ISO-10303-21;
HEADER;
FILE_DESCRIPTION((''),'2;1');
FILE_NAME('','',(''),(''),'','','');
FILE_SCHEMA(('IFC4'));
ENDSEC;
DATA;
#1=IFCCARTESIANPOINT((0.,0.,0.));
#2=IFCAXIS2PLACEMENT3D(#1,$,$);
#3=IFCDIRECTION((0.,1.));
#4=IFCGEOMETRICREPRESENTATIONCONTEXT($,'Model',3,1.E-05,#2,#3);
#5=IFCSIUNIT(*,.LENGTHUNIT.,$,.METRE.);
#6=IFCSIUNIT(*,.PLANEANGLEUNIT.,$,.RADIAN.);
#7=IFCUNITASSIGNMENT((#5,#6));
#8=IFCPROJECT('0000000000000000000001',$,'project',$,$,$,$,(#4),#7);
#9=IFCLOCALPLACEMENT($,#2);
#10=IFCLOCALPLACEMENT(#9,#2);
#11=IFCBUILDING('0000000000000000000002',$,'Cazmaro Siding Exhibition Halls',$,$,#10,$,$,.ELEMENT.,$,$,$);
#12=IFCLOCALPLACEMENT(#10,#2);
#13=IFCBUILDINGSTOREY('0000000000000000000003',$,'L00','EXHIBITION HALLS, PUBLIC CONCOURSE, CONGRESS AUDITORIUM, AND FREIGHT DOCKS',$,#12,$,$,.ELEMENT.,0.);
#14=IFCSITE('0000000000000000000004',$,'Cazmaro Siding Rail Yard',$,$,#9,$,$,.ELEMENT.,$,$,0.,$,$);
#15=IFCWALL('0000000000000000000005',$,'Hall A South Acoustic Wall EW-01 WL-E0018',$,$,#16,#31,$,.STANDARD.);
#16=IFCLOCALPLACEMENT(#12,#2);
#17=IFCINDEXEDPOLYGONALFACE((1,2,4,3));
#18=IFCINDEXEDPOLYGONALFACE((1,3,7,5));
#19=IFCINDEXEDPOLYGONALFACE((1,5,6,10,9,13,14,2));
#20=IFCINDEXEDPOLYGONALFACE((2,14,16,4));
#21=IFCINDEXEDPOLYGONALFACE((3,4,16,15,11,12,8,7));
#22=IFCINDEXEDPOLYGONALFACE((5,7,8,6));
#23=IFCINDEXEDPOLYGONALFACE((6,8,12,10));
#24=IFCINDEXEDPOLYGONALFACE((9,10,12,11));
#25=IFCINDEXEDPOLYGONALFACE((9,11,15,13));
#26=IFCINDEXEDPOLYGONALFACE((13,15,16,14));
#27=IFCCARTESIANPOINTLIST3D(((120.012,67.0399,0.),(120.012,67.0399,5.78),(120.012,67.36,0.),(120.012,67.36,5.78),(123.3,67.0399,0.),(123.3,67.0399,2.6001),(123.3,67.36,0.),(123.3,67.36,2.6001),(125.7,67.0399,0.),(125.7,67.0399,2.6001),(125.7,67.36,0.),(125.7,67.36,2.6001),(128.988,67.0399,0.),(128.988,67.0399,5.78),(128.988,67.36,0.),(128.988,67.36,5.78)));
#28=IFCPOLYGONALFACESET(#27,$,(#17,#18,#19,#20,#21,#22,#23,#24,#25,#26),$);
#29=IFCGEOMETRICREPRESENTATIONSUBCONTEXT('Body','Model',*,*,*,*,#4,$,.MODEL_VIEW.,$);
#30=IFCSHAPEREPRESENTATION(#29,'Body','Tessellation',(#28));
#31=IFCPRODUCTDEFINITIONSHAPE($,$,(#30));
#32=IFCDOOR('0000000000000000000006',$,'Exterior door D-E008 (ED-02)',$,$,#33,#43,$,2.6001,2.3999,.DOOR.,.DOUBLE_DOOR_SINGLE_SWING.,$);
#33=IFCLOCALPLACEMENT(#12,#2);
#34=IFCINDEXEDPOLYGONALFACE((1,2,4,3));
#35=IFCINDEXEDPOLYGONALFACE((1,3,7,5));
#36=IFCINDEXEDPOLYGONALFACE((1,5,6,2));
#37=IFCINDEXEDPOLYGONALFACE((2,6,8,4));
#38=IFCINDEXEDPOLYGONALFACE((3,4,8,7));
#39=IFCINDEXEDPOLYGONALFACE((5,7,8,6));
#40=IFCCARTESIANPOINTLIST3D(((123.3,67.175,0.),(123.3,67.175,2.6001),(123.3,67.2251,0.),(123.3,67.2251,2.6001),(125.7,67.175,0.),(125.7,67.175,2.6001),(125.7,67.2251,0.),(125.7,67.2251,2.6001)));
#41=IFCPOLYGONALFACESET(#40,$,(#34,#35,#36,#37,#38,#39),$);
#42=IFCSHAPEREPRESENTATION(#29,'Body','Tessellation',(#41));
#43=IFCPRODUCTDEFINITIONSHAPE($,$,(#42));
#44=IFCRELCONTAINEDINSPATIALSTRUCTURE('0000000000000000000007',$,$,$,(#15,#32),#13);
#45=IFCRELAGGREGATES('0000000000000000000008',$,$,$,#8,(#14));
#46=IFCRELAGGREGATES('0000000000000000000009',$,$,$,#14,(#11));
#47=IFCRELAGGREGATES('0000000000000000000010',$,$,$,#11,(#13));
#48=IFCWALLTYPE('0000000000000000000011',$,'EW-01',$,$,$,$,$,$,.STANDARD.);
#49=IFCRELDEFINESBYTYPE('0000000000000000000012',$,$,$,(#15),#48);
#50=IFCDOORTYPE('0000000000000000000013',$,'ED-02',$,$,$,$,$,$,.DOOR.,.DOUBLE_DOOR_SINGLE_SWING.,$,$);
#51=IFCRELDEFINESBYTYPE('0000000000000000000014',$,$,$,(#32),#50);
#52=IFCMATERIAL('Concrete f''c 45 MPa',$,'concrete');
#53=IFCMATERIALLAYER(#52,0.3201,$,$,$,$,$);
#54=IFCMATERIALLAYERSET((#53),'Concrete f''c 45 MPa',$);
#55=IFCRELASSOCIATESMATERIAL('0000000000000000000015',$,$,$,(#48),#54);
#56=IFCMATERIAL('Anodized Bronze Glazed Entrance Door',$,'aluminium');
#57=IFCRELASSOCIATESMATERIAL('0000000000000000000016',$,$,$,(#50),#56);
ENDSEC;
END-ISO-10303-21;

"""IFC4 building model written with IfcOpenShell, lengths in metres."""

from ifc_helpers import new_model, si_unit, direction, frame, frame_2d, origin, place, context, subcontext, project, spatial, rectangle, extrude, material, layer, layer_set, type_object, element, fill, save


model = new_model("IFC4")

# Units and contexts
model_context = context("Model", 3, precision=1e-05, world=origin(), true_north=direction((0.0, 1.0)))
body_context = subcontext(model_context, "Body", "Model", "MODEL_VIEW")
ifc_project = project(units=[si_unit("LENGTHUNIT", "METRE"), si_unit("PLANEANGLEUNIT", "RADIAN")], contexts=[model_context])

# Site, building, storey
site_placement = place(None, origin())
site = spatial("IfcSite", under=ifc_project, at=site_placement, Name="Cazmaro Siding Rail Yard", CompositionType="ELEMENT", RefElevation=0.0)
building_placement = place(site_placement, origin())
building = spatial("IfcBuilding", under=site, at=building_placement, Name="Cazmaro Siding Exhibition Halls", CompositionType="ELEMENT")
storey_placement = place(building_placement, origin())
storey = spatial("IfcBuildingStorey", under=building, at=storey_placement, Name="L00", Description="EXHIBITION HALLS, PUBLIC CONCOURSE, CONGRESS AUDITORIUM, AND FREIGHT DOCKS", CompositionType="ELEMENT", Elevation=0.0)

# Wall, opening, door
ifc_material_1 = material(Name="Concrete f'c 45 MPa", Category="concrete")
ifc_layer_1 = layer(ifc_material_1, 0.3201)
ifc_layer_set_1 = layer_set([ifc_layer_1], Name="Concrete f'c 45 MPa")
wall_type = type_object("IfcWallType", Name="EW-01", PredefinedType="STANDARD", material=ifc_layer_set_1)
wall_placement = place(storey_placement, frame((128.988, 67.2, 0.0), z_axis=(0.0, 0.0, 1.0), x_axis=(-1.0, 0.0, 0.0)))
wall = element("IfcWall", 1, at=wall_placement, inside=storey, type_object=wall_type, Name="Hall A South Acoustic Wall EW-01 WL-E0018", PredefinedType="STANDARD", context=body_context, shape_type="SweptSolid", body=[
    extrude(rectangle(XDim=8.9761, YDim=0.3201, at=frame_2d((4.488, 0.0))), origin(), (0.0, 0.0, 1.0), 5.78),
])
opening_placement = place(wall_placement, frame((3.2881, 0.0, 0.0)))
opening = element("IfcOpeningElement", 2, at=opening_placement, cuts=wall, PredefinedType="OPENING", context=body_context, shape_type="SweptSolid", body=[
    extrude(rectangle(XDim=2.3999, YDim=2.6001, at=frame_2d((1.2, 1.3))), frame((0.0, 0.1699, 0.0), z_axis=(0.0, -1.0, 0.0), x_axis=(1.0, 0.0, 0.0)), (0.0, 0.0, 1.0), 0.3401),
])
ifc_material_2 = material(Name="Anodized Bronze Glazed Entrance Door", Category="aluminium")
door_type = type_object("IfcDoorType", Name="ED-02", OperationType="DOUBLE_DOOR_SINGLE_SWING", PredefinedType="DOOR", material=ifc_material_2)
door_placement = place(opening_placement, origin())
door = element("IfcDoor", 3, at=door_placement, inside=storey, type_object=door_type, Name="Exterior door D-E008 (ED-02)", OperationType="DOUBLE_DOOR_SINGLE_SWING", OverallHeight=2.6001, OverallWidth=2.3999, PredefinedType="DOOR", context=body_context, shape_type="SweptSolid", body=[
    extrude(rectangle(XDim=2.3999, YDim=2.6001, at=frame_2d((1.2, 1.3))), frame((0.0, 0.0249, 0.0), z_axis=(0.0, -1.0, 0.0), x_axis=(1.0, 0.0, 0.0)), (0.0, 0.0, 1.0), 0.05),
])
fill(opening, door)

save(model, "model.ifc")
